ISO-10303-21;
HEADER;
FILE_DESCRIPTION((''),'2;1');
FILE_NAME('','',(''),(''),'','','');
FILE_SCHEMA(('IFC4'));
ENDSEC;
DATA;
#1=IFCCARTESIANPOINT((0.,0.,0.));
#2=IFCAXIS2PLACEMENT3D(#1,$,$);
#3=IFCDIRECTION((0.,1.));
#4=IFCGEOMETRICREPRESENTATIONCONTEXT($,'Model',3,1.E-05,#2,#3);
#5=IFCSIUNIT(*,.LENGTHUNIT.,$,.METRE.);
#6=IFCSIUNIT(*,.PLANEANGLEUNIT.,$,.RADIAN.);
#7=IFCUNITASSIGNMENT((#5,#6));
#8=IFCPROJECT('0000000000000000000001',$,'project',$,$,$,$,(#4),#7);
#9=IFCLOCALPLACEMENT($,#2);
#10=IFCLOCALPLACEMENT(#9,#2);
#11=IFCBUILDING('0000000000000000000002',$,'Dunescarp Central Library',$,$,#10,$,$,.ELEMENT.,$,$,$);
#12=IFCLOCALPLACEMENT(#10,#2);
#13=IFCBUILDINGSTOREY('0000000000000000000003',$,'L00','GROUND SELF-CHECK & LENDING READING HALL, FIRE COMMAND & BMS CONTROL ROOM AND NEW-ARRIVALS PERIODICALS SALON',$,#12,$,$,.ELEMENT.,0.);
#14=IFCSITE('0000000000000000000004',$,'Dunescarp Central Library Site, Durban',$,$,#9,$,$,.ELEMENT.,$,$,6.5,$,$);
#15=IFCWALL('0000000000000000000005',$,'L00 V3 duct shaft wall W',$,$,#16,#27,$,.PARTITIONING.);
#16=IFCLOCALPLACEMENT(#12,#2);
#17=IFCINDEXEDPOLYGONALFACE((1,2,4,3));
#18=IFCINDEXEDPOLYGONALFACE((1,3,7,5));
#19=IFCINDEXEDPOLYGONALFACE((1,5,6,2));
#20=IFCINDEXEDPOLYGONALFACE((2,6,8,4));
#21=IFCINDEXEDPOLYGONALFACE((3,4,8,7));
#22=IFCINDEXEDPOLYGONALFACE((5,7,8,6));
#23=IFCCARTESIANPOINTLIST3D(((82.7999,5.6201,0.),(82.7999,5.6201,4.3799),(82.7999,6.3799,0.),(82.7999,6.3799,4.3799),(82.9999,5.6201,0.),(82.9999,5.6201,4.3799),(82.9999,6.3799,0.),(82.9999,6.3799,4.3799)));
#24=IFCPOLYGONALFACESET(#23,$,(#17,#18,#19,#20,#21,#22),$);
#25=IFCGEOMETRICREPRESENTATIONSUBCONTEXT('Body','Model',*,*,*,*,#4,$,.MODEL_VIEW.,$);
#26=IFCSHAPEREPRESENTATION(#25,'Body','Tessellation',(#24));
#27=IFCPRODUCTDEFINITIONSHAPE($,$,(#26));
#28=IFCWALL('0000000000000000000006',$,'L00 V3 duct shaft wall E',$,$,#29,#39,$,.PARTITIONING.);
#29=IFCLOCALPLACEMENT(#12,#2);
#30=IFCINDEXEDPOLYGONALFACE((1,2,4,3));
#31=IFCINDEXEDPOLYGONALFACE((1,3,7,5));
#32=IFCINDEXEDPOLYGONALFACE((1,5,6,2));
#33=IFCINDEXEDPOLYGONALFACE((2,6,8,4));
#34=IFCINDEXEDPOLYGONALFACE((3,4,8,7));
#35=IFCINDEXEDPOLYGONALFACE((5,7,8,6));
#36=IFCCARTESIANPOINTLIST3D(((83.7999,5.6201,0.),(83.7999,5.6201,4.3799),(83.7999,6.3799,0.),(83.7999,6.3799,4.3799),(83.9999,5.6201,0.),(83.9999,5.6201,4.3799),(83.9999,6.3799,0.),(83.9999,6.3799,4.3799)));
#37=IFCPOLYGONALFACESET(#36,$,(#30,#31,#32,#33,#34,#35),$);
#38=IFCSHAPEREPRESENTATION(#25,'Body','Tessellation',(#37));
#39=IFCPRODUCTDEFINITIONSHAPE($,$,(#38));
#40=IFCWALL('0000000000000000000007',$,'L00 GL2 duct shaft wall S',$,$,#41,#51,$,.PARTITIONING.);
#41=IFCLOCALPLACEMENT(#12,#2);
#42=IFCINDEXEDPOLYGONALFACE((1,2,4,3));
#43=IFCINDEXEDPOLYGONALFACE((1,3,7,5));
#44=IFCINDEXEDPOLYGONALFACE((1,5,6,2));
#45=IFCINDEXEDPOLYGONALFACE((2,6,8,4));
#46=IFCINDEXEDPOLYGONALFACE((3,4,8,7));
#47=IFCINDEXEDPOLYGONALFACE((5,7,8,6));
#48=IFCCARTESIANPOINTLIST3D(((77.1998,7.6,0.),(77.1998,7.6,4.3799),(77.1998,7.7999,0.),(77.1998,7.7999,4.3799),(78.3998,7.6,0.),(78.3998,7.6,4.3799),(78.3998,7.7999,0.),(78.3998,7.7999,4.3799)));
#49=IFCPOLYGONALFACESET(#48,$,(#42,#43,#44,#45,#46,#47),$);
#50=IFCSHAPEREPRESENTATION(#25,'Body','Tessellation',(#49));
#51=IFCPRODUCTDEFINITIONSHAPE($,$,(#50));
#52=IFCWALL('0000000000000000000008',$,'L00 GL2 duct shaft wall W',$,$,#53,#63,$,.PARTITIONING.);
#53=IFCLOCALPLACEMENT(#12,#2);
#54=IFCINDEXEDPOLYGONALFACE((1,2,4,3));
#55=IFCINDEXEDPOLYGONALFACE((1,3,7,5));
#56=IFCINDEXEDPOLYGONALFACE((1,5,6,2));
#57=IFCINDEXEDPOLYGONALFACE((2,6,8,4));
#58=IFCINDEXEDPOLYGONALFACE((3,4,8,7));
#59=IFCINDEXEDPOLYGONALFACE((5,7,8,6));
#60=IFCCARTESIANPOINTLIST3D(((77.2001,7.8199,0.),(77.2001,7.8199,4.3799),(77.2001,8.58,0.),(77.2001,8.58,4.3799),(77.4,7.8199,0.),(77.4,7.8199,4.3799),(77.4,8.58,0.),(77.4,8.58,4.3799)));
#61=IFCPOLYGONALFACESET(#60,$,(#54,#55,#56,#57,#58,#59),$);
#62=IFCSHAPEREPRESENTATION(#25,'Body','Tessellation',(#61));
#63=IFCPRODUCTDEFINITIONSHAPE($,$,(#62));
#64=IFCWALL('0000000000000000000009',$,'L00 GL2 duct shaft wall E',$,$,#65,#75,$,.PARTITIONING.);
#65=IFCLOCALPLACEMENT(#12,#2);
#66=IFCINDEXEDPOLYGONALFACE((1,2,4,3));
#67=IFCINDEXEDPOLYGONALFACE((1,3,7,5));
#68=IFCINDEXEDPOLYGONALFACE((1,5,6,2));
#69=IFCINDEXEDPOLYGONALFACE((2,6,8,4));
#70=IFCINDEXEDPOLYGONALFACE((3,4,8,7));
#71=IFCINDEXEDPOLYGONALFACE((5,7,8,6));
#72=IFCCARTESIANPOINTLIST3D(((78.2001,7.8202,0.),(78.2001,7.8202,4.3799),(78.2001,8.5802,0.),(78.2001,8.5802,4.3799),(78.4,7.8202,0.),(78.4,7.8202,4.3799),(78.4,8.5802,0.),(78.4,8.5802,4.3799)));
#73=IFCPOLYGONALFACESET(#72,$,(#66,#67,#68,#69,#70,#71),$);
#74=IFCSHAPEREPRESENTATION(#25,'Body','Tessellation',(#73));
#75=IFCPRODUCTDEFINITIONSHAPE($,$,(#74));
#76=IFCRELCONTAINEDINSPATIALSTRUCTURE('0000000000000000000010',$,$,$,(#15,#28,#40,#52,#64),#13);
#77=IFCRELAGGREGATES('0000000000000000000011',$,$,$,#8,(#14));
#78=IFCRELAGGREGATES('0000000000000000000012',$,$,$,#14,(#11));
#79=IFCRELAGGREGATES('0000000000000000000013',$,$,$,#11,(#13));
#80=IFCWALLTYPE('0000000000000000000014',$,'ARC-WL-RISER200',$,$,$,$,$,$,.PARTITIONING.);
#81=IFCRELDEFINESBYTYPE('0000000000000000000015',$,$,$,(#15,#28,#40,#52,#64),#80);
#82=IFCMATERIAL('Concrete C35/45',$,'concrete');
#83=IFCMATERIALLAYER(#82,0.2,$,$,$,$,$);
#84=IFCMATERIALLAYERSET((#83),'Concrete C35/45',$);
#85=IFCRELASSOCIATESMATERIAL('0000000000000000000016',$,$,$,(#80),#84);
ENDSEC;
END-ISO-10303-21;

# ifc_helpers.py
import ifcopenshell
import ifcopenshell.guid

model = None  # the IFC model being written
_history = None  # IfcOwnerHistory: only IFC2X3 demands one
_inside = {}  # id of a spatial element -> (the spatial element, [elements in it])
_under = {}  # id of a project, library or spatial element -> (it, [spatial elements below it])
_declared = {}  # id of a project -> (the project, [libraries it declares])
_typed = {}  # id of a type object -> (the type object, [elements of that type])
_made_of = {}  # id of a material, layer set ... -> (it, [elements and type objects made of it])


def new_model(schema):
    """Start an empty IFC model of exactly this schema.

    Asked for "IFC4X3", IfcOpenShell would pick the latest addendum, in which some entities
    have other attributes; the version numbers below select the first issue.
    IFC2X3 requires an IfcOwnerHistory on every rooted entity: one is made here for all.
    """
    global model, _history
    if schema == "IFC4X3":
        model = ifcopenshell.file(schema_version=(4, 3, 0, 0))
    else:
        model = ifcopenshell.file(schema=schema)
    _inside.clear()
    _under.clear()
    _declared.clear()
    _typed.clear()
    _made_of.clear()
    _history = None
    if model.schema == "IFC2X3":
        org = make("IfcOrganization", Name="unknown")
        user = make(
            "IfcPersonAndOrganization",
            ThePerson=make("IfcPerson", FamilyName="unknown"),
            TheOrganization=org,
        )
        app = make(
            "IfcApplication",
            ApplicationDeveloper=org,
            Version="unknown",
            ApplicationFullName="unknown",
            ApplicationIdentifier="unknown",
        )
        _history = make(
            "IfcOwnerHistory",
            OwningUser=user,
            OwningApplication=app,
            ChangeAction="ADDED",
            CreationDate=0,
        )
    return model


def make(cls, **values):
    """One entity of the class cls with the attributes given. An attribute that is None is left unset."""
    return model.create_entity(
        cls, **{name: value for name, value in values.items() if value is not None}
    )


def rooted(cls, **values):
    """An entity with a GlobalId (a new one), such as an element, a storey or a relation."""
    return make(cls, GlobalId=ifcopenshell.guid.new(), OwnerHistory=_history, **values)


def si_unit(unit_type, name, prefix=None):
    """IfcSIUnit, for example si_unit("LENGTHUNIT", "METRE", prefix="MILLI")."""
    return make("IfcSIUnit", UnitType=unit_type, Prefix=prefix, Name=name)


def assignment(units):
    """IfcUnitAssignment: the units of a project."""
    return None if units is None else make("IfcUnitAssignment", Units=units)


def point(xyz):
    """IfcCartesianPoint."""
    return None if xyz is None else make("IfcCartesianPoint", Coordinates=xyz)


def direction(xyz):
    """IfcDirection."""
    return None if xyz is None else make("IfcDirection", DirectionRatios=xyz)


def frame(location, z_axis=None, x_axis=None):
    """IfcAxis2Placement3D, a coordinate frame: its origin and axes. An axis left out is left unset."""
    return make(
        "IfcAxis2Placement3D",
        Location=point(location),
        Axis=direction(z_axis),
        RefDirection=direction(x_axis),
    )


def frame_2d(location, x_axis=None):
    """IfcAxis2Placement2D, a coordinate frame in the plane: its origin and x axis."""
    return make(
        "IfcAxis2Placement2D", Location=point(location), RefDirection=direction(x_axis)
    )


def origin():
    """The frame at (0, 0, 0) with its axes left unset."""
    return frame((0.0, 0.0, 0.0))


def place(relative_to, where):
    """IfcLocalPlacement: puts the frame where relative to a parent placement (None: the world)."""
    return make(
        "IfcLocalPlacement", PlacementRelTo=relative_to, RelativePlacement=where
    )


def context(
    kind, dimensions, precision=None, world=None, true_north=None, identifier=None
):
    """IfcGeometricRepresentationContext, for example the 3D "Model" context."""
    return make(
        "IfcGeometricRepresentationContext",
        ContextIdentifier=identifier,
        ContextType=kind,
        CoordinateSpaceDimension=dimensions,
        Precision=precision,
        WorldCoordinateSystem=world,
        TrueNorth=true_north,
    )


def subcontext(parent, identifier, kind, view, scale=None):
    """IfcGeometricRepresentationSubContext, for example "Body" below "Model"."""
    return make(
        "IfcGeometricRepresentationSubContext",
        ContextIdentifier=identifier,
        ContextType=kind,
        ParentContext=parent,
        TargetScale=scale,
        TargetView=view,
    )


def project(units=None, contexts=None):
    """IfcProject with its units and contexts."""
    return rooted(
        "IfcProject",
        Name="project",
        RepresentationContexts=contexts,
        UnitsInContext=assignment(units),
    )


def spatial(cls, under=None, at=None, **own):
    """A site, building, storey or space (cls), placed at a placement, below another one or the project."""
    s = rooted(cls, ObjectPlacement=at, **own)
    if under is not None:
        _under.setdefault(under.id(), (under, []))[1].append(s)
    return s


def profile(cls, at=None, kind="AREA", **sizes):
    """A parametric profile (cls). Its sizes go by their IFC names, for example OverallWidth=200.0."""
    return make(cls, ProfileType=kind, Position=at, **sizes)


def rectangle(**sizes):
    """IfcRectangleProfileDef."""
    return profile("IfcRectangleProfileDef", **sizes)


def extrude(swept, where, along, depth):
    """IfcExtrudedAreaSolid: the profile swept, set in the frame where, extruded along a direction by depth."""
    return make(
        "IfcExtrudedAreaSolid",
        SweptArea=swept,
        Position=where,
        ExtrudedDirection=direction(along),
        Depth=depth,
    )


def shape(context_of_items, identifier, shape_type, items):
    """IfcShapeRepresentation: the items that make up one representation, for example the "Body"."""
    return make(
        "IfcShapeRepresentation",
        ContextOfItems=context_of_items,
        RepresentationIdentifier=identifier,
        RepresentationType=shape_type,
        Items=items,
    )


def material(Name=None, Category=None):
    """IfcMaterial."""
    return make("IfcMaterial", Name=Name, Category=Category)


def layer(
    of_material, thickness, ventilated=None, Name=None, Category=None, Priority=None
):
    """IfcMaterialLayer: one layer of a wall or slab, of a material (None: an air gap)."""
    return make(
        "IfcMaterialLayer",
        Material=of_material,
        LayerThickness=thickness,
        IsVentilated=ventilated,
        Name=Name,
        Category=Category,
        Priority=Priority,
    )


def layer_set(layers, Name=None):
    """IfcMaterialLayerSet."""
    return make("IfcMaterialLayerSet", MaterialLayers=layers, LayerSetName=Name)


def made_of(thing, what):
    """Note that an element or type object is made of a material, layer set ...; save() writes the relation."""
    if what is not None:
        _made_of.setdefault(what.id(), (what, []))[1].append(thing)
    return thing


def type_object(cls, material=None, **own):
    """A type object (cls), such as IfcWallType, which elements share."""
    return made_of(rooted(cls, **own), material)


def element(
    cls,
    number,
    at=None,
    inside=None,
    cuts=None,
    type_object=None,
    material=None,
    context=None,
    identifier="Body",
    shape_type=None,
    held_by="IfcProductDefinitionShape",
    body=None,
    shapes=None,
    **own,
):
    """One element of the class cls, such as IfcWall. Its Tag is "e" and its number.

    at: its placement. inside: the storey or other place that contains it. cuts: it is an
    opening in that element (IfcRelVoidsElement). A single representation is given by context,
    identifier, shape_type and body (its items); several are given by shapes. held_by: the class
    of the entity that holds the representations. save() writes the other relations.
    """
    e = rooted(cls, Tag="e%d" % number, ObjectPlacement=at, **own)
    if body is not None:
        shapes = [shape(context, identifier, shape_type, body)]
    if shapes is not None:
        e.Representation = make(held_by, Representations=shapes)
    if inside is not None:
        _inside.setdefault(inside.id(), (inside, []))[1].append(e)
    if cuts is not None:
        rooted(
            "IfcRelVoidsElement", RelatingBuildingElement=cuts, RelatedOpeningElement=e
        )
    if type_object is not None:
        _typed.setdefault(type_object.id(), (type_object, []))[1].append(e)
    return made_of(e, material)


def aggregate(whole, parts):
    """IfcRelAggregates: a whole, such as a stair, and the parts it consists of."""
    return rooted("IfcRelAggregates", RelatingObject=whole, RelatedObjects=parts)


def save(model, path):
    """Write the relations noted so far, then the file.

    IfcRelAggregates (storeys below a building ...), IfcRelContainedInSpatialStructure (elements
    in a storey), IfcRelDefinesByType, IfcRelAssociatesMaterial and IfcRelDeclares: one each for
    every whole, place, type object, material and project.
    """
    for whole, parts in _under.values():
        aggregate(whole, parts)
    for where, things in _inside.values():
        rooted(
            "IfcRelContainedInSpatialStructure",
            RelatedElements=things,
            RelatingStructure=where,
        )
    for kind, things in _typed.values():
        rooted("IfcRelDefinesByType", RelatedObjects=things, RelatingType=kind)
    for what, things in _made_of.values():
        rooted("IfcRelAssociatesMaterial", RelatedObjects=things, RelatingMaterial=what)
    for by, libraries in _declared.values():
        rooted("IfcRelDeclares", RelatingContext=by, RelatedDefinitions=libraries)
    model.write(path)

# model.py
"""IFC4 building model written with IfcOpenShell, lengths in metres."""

from ifc_helpers import new_model, si_unit, direction, frame, frame_2d, origin, place, context, subcontext, project, spatial, rectangle, extrude, material, layer, layer_set, type_object, element, save


model = new_model("IFC4")

# Units and contexts
model_context = context("Model", 3, precision=1e-05, world=origin(), true_north=direction((0.0, 1.0)))
body_context = subcontext(model_context, "Body", "Model", "MODEL_VIEW")
ifc_project = project(units=[si_unit("LENGTHUNIT", "METRE"), si_unit("PLANEANGLEUNIT", "RADIAN")], contexts=[model_context])

# Site, building, storey
site_placement = place(None, origin())
site = spatial("IfcSite", under=ifc_project, at=site_placement, Name="Dunescarp Central Library Site, Durban", CompositionType="ELEMENT", RefElevation=6.5)
building_placement = place(site_placement, origin())
building = spatial("IfcBuilding", under=site, at=building_placement, Name="Dunescarp Central Library", CompositionType="ELEMENT")
storey_placement = place(building_placement, origin())
storey = spatial("IfcBuildingStorey", under=building, at=storey_placement, Name="L00", Description="GROUND SELF-CHECK & LENDING READING HALL, FIRE COMMAND & BMS CONTROL ROOM AND NEW-ARRIVALS PERIODICALS SALON", CompositionType="ELEMENT", Elevation=0.0)

# Walls
ifc_material_1 = material(Name="Concrete C35/45", Category="concrete")
ifc_layer_1 = layer(ifc_material_1, 0.2)
ifc_layer_set_1 = layer_set([ifc_layer_1], Name="Concrete C35/45")
wall_type_1 = type_object("IfcWallType", Name="ARC-WL-RISER200", PredefinedType="PARTITIONING", material=ifc_layer_set_1)
for number, where, z_axis, x_axis, name in (
    (1, (82.8999, 5.6201, 0.0), (0.0, 0.0, 1.0), (0.0, 1.0, 0.0), "L00 V3 duct shaft wall W"),
    (2, (83.8999, 6.3799, 0.0), (0.0, 0.0, 1.0), (0.0, -1.0, 0.0), "L00 V3 duct shaft wall E"),
):
    element("IfcWall", number, at=place(storey_placement, frame(where, z_axis=z_axis, x_axis=x_axis)), inside=storey, type_object=wall_type_1, Name=name, PredefinedType="PARTITIONING", context=body_context, shape_type="SweptSolid", body=[
        extrude(rectangle(XDim=0.7598, YDim=0.2, at=frame_2d((0.3799, 0.0))), origin(), (0.0, 0.0, 1.0), 4.3799),
    ])
wall_1_placement = place(storey_placement, frame((78.3999, 7.7, 0.0), z_axis=(0.0, 0.0, 1.0), x_axis=(-1.0, 0.0, 0.0)))
element("IfcWall", 3, at=wall_1_placement, inside=storey, type_object=wall_type_1, Name="L00 GL2 duct shaft wall S", PredefinedType="PARTITIONING", context=body_context, shape_type="SweptSolid", body=[
    extrude(rectangle(XDim=1.2, YDim=0.2, at=frame_2d((0.6001, 0.0))), origin(), (0.0, 0.0, 1.0), 4.3799),
])
for number, where, z_axis, x_axis, name in (
    (4, (77.3, 7.8201, 0.0), (0.0, 0.0, 1.0), (0.0, 1.0, 0.0), "L00 GL2 duct shaft wall W"),
    (5, (78.3, 8.5801, 0.0), (0.0, 0.0, 1.0), (0.0, -1.0, 0.0), "L00 GL2 duct shaft wall E"),
):
    element("IfcWall", number, at=place(storey_placement, frame(where, z_axis=z_axis, x_axis=x_axis)), inside=storey, type_object=wall_type_1, Name=name, PredefinedType="PARTITIONING", context=body_context, shape_type="SweptSolid", body=[
        extrude(rectangle(XDim=0.76, YDim=0.2, at=frame_2d((0.3799, 0.0))), origin(), (0.0, 0.0, 1.0), 4.3799),
    ])

save(model, "model.ifc")
